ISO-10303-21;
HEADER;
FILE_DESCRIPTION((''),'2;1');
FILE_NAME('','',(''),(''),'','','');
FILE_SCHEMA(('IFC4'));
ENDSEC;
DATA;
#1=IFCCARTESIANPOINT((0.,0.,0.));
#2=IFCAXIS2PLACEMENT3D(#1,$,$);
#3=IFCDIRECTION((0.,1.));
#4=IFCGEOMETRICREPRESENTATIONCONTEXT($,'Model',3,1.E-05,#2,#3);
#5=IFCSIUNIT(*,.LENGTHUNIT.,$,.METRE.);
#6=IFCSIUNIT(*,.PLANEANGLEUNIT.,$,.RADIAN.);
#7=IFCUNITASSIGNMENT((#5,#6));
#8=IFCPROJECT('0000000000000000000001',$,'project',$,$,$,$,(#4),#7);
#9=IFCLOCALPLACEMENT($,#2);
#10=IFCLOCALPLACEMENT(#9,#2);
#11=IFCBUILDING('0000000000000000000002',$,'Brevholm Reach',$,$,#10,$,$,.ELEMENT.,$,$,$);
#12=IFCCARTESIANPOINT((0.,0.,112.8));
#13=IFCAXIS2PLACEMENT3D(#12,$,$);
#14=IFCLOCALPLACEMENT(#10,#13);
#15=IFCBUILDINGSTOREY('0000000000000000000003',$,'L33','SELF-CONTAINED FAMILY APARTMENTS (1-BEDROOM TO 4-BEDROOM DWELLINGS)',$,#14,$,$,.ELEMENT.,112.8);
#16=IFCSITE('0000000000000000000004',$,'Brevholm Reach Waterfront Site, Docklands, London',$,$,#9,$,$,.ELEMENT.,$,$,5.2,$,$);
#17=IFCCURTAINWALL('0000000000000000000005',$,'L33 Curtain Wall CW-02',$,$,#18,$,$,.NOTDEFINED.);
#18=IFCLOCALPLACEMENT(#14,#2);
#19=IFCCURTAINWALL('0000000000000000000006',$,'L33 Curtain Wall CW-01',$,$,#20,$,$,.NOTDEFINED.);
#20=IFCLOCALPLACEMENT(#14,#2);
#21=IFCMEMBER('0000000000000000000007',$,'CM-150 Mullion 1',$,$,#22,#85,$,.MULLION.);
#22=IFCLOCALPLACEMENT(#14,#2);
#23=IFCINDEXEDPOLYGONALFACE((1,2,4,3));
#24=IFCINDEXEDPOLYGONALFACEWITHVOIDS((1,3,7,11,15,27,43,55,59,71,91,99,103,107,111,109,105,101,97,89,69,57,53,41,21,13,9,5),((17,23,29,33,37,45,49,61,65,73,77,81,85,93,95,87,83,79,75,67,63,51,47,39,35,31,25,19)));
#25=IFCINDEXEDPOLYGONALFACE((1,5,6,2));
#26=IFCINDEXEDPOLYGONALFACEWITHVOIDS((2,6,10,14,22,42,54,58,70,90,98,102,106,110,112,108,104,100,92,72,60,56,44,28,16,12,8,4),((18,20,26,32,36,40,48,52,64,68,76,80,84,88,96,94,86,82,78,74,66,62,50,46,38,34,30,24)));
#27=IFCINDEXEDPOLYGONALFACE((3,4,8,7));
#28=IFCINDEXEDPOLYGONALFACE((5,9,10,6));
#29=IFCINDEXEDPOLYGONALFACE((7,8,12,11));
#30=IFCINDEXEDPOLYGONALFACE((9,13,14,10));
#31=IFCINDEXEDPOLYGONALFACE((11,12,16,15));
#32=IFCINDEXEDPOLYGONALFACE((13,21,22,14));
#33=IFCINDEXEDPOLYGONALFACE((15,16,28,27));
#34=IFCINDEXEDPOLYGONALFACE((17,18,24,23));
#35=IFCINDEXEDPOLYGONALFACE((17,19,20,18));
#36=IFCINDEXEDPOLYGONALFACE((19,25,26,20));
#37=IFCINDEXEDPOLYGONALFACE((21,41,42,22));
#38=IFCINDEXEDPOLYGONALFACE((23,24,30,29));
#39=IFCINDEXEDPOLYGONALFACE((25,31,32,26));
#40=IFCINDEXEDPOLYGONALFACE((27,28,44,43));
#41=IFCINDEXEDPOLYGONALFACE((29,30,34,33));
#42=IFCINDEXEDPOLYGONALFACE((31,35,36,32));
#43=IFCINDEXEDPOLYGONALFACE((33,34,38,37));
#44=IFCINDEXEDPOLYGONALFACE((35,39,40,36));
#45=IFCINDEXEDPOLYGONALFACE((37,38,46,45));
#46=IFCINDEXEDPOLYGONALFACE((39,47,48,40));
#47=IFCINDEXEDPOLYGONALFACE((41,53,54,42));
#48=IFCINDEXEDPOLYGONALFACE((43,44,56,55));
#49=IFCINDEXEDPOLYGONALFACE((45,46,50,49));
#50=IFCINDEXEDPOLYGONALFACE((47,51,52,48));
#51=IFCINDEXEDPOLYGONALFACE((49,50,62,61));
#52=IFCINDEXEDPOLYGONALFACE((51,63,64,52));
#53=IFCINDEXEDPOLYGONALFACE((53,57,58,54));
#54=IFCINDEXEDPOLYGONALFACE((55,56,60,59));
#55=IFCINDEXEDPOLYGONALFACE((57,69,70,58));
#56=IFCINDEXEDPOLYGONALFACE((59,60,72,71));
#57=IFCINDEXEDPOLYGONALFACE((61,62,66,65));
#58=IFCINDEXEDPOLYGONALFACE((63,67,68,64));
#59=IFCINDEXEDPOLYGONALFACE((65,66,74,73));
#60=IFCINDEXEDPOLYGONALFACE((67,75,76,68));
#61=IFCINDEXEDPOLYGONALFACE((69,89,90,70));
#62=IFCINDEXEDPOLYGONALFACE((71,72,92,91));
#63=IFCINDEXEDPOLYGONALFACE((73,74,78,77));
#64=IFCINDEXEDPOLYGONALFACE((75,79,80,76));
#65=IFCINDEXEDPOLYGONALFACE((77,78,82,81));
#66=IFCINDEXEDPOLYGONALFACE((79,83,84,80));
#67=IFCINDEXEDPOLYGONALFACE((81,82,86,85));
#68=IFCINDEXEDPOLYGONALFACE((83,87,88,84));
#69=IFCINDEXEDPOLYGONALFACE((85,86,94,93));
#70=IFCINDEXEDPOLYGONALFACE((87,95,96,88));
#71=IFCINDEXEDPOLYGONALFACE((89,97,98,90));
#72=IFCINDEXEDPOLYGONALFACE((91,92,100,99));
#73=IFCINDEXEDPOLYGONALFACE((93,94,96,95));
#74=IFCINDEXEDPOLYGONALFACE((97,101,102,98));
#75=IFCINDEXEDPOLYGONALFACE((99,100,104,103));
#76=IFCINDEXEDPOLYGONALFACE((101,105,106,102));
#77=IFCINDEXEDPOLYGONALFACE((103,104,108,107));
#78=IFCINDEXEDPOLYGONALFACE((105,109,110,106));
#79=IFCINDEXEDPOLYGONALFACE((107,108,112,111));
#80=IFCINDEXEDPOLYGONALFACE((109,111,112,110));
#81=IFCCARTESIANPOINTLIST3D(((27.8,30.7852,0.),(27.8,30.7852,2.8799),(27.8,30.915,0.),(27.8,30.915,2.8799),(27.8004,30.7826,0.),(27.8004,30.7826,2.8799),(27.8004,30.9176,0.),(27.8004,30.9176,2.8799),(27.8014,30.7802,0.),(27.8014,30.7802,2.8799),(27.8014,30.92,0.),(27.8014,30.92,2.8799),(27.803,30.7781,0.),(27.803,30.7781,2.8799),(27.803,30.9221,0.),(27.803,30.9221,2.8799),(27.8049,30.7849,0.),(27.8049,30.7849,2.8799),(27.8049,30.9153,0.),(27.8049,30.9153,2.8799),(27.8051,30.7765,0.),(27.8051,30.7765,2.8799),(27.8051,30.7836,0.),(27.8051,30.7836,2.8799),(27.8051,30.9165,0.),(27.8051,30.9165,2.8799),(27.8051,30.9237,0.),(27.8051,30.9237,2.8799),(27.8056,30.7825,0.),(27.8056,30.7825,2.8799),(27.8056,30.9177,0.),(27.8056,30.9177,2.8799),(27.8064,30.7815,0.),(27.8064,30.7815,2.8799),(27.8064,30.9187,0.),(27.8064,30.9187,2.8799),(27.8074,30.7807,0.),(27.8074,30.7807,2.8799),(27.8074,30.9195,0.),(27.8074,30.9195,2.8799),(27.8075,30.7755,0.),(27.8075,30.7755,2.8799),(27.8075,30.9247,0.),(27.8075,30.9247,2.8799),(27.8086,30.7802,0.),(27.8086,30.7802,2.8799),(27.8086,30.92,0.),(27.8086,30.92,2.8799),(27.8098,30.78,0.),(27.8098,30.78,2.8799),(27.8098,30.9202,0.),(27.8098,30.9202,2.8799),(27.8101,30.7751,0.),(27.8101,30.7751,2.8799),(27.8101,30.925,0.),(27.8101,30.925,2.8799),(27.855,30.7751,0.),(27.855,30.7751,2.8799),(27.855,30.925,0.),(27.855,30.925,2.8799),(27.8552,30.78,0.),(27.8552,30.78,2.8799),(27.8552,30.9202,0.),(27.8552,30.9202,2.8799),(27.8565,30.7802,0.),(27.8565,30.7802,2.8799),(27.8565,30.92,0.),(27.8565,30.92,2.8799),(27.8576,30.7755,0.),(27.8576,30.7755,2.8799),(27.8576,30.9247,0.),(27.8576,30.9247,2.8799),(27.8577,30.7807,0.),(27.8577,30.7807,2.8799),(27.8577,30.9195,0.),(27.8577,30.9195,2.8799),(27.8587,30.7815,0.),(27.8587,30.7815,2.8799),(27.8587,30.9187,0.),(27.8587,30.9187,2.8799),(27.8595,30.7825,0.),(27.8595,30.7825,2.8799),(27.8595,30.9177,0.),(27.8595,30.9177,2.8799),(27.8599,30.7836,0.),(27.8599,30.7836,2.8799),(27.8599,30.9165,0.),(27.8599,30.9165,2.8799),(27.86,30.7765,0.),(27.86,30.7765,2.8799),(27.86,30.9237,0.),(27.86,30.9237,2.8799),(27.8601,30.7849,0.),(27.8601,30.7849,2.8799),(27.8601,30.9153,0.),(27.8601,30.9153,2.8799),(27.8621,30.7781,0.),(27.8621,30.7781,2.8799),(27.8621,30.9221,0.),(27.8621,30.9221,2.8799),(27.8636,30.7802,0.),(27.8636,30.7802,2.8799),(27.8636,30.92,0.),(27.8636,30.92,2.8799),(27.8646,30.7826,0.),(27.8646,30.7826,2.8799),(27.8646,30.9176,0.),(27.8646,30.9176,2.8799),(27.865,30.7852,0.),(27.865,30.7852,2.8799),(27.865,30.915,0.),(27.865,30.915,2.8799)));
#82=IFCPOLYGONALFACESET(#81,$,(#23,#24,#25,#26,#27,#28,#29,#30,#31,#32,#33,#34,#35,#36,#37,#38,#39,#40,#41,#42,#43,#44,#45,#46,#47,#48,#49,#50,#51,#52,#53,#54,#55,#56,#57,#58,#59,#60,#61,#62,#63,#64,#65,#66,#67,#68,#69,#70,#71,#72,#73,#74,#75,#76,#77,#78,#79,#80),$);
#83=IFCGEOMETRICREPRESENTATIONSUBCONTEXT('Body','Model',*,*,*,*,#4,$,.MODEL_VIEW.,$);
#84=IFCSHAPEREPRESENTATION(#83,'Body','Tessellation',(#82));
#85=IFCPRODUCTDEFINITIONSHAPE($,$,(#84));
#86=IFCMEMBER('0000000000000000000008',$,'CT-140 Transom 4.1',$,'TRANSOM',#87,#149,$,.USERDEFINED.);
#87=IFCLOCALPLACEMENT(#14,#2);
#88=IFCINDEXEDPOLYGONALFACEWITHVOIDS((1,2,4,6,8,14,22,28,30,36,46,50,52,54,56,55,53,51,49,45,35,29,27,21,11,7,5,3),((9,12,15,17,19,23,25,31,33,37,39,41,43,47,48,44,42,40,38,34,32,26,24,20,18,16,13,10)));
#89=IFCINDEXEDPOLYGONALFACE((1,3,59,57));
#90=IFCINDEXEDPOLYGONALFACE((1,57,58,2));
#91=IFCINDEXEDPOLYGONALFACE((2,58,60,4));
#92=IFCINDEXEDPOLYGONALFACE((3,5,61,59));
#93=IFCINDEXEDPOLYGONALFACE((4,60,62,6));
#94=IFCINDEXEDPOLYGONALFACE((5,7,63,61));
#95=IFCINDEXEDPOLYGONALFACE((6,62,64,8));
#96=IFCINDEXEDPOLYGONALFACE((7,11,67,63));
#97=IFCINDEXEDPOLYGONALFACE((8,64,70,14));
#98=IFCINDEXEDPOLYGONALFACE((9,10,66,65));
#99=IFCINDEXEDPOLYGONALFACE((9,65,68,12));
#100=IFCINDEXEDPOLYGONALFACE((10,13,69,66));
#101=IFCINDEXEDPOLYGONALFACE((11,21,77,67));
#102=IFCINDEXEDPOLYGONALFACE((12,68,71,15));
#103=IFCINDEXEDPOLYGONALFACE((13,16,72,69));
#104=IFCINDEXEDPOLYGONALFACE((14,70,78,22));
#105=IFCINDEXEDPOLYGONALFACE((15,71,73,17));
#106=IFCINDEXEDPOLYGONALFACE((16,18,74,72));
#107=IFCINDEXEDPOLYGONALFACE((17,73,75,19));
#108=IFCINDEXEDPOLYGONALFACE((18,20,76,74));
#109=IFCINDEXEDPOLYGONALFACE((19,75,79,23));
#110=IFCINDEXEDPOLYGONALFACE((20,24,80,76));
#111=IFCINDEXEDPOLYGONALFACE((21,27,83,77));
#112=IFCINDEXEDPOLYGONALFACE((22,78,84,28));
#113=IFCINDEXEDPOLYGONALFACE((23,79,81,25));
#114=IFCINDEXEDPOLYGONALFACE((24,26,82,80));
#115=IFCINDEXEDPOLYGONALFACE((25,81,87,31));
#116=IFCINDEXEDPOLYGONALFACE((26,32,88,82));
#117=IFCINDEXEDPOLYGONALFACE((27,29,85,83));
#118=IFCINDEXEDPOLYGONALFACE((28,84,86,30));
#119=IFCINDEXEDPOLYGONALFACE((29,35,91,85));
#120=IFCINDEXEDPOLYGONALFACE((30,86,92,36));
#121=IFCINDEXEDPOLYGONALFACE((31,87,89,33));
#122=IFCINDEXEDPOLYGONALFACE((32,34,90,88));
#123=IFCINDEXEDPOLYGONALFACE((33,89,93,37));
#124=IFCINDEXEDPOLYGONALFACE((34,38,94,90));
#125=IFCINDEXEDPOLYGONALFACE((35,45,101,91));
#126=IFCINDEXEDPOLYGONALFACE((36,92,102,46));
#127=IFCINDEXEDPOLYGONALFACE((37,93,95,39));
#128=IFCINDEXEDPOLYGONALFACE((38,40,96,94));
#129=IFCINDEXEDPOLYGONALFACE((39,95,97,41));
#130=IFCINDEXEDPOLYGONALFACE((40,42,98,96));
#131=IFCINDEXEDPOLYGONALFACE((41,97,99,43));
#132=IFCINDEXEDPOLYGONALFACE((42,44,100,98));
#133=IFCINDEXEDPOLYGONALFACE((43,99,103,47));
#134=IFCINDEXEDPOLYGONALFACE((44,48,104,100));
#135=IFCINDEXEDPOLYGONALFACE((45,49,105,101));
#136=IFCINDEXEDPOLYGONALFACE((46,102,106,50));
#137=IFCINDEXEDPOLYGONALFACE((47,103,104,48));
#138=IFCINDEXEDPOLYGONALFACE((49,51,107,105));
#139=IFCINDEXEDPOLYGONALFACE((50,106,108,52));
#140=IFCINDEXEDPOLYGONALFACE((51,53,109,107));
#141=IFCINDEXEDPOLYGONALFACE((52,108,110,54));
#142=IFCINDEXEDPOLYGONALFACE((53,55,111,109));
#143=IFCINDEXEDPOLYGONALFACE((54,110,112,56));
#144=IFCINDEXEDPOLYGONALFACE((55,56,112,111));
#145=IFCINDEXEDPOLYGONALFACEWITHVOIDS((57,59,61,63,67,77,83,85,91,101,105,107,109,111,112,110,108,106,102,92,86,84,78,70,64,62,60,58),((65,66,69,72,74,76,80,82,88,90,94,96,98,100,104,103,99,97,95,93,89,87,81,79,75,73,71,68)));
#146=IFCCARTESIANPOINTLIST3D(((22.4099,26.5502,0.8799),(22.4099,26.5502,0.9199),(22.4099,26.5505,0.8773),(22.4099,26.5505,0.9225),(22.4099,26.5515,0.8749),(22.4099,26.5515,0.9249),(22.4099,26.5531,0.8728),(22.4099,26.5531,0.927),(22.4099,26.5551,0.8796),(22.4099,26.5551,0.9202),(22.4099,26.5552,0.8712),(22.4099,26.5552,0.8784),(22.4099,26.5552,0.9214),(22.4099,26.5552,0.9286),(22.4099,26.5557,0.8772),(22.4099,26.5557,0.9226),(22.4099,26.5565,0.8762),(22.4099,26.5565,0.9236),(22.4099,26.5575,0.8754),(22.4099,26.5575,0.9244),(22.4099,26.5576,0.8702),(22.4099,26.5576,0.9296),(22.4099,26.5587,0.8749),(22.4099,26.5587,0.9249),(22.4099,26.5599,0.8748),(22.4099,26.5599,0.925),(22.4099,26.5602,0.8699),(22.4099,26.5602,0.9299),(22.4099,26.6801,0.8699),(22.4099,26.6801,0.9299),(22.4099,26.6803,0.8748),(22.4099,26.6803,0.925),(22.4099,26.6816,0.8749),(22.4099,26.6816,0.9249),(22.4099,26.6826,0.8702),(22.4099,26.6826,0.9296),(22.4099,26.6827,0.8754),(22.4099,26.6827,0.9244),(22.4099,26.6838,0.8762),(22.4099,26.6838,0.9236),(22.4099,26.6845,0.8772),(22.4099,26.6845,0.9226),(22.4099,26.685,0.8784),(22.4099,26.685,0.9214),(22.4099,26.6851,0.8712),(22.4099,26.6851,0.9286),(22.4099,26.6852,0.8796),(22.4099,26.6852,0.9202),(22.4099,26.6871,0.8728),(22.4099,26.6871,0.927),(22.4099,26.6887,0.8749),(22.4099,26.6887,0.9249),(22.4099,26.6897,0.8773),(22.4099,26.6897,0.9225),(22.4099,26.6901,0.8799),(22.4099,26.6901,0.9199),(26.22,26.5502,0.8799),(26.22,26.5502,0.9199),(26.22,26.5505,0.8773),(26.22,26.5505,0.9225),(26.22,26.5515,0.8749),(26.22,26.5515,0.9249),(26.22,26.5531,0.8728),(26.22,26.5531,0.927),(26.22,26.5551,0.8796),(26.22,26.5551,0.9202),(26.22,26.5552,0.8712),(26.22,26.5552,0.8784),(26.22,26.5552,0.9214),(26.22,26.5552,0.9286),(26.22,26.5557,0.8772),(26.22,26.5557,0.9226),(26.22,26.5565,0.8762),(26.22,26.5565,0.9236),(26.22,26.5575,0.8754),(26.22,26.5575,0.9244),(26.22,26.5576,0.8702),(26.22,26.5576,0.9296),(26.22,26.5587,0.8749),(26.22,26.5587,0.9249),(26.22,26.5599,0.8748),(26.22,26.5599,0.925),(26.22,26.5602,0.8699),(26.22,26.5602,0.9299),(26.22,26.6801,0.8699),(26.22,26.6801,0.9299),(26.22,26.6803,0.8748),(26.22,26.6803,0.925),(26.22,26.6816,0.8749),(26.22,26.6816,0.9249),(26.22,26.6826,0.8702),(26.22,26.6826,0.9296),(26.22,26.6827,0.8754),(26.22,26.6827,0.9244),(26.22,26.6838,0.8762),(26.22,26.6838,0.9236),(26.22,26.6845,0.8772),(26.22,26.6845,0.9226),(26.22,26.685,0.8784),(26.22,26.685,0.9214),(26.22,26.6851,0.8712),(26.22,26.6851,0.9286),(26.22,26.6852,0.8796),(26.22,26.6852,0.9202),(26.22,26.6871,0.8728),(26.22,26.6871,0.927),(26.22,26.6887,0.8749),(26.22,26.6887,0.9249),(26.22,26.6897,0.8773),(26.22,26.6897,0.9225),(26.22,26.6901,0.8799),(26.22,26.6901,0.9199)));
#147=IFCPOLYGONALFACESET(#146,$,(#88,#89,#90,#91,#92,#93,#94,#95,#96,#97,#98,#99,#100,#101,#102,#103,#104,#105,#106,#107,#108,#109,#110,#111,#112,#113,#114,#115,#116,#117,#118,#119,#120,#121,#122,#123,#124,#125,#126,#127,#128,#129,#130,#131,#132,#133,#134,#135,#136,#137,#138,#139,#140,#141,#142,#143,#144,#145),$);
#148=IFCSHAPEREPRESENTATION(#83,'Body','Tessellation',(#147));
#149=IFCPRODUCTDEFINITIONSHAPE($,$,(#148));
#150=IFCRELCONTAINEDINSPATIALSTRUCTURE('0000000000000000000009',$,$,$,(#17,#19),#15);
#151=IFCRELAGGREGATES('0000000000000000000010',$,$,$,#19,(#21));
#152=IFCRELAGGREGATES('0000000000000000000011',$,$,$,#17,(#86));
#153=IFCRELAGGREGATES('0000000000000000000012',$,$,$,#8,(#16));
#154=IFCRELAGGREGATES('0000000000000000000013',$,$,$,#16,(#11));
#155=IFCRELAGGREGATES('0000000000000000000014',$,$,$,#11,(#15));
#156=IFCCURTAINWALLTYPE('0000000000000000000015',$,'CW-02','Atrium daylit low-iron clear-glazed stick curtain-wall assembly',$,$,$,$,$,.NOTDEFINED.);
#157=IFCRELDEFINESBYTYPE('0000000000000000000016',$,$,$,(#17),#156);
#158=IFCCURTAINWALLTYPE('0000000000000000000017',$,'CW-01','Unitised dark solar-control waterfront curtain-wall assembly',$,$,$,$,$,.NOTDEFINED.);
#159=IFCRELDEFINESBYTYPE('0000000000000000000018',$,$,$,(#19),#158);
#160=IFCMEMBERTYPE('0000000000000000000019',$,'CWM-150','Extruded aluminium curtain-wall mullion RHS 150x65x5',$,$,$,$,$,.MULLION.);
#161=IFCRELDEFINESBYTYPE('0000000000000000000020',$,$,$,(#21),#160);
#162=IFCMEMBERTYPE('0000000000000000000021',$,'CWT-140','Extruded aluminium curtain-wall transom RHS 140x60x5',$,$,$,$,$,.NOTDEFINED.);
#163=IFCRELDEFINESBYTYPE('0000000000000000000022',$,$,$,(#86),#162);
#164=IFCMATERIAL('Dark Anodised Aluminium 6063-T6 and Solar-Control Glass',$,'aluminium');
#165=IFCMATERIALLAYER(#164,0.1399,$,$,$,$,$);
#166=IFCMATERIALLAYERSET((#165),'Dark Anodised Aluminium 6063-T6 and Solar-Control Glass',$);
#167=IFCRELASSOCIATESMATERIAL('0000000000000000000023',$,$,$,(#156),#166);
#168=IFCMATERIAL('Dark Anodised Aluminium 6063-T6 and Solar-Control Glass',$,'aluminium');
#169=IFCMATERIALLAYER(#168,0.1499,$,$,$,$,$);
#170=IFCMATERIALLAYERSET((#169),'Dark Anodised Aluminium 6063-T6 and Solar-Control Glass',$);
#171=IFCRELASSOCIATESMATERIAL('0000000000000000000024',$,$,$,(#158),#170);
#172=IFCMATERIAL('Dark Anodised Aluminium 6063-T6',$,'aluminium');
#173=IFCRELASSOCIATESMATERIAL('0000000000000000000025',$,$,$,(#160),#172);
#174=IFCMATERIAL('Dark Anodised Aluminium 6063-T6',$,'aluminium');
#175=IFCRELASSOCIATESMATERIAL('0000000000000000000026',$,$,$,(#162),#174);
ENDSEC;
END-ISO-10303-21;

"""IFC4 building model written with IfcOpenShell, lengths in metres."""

from ifc_helpers import new_model, si_unit, direction, frame, origin, origin_2d, place, context, subcontext, project, spatial, hollow_rectangle, extrude, material, layer, layer_set, material_profile, profile_set, type_object, element, aggregate, save


model = new_model("IFC4")

# Units and contexts
model_context = context("Model", 3, precision=1e-05, world=origin(), true_north=direction((0.0, 1.0)))
body_context = subcontext(model_context, "Body", "Model", "MODEL_VIEW")
ifc_project = project(units=[si_unit("LENGTHUNIT", "METRE"), si_unit("PLANEANGLEUNIT", "RADIAN")], contexts=[model_context])

# Site, building, storey
site_placement = place(None, origin())
site = spatial("IfcSite", under=ifc_project, at=site_placement, Name="Brevholm Reach Waterfront Site, Docklands, London", CompositionType="ELEMENT", RefElevation=5.2)
building_placement = place(site_placement, origin())
building = spatial("IfcBuilding", under=site, at=building_placement, Name="Brevholm Reach", CompositionType="ELEMENT")
storey_placement = place(building_placement, frame((0.0, 0.0, 112.8)))
storey = spatial("IfcBuildingStorey", under=building, at=storey_placement, Name="L33", Description="SELF-CONTAINED FAMILY APARTMENTS (1-BEDROOM TO 4-BEDROOM DWELLINGS)", CompositionType="ELEMENT", Elevation=112.8)

# Curtain wall
ifc_material_1 = material(Name="Dark Anodised Aluminium 6063-T6 and Solar-Control Glass", Category="aluminium")
ifc_layer_1 = layer(ifc_material_1, 0.1399)
ifc_layer_set_1 = layer_set([ifc_layer_1], Name="Dark Anodised Aluminium 6063-T6 and Solar-Control Glass")
curtain_wall_type_1 = type_object("IfcCurtainWallType", Name="CW-02", Description="Atrium daylit low-iron clear-glazed stick curtain-wall assembly", PredefinedType="NOTDEFINED", material=ifc_layer_set_1)
curtain_wall_1_placement = place(storey_placement, origin())
curtain_wall_1 = element("IfcCurtainWall", 1, at=curtain_wall_1_placement, inside=storey, type_object=curtain_wall_type_1, Name="L33 Curtain Wall CW-02", PredefinedType="NOTDEFINED")

# Curtain wall, member
ifc_material_2 = material(Name="Dark Anodised Aluminium 6063-T6 and Solar-Control Glass", Category="aluminium")
ifc_layer_2 = layer(ifc_material_2, 0.1499)
ifc_layer_set_2 = layer_set([ifc_layer_2], Name="Dark Anodised Aluminium 6063-T6 and Solar-Control Glass")
curtain_wall_type_2 = type_object("IfcCurtainWallType", Name="CW-01", Description="Unitised dark solar-control waterfront curtain-wall assembly", PredefinedType="NOTDEFINED", material=ifc_layer_set_2)
curtain_wall_2_placement = place(storey_placement, origin())
curtain_wall_2 = element("IfcCurtainWall", 2, at=curtain_wall_2_placement, inside=storey, type_object=curtain_wall_type_2, Name="L33 Curtain Wall CW-01", PredefinedType="NOTDEFINED")
ifc_material_3 = material(Name="Dark Anodised Aluminium 6063-T6", Category="aluminium")
ifc_material_profile_1 = material_profile(ifc_material_3, hollow_rectangle(XDim=0.0649, YDim=0.1499, WallThickness=0.0049, InnerFilletRadius=0.0049, OuterFilletRadius=0.01, at=origin_2d()), Name="RHS 150x65x5")
ifc_profile_set_1 = profile_set([ifc_material_profile_1], Name="Dark Anodised Aluminium 6063-T6")
member_type_1 = type_object("IfcMemberType", Name="CWM-150", Description="Extruded aluminium curtain-wall mullion RHS 150x65x5", PredefinedType="MULLION", material=ifc_profile_set_1)
member_1_placement = place(storey_placement, frame((27.8325, 30.8501, 0.0), z_axis=(0.0, 0.0, 1.0), x_axis=(1.0, 0.0, 0.0)))
member_1 = element("IfcMember", 3, at=member_1_placement, type_object=member_type_1, Name="CM-150 Mullion 1", PredefinedType="MULLION", context=body_context, shape_type="SweptSolid", body=[
    extrude(hollow_rectangle(XDim=0.0649, YDim=0.1499, WallThickness=0.0049, InnerFilletRadius=0.0049, OuterFilletRadius=0.01, at=origin_2d()), origin(), (0.0, 0.0, 1.0), 2.8799),
])

# Member
ifc_material_4 = material(Name="Dark Anodised Aluminium 6063-T6", Category="aluminium")
ifc_material_profile_2 = material_profile(ifc_material_4, hollow_rectangle(XDim=0.0601, YDim=0.1399, WallThickness=0.0049, InnerFilletRadius=0.0049, OuterFilletRadius=0.01, at=origin_2d()), Name="RHS 140x60x5")
ifc_profile_set_2 = profile_set([ifc_material_profile_2], Name="Dark Anodised Aluminium 6063-T6")
member_type_2 = type_object("IfcMemberType", Name="CWT-140", Description="Extruded aluminium curtain-wall transom RHS 140x60x5", PredefinedType="NOTDEFINED", material=ifc_profile_set_2)
member_2_placement = place(storey_placement, frame((26.22, 26.6201, 0.8999), z_axis=(-1.0, 0.0, 0.0), x_axis=(0.0, 0.0, 1.0)))
member_2 = element("IfcMember", 4, at=member_2_placement, type_object=member_type_2, Name="CT-140 Transom 4.1", ObjectType="TRANSOM", PredefinedType="USERDEFINED", context=body_context, shape_type="SweptSolid", body=[
    extrude(hollow_rectangle(XDim=0.0601, YDim=0.1399, WallThickness=0.0049, InnerFilletRadius=0.0049, OuterFilletRadius=0.01, at=origin_2d()), origin(), (0.0, 0.0, 1.0), 3.8101),
])
aggregate(curtain_wall_2, [member_1])

aggregate(curtain_wall_1, [member_2])

save(model, "model.ifc")
